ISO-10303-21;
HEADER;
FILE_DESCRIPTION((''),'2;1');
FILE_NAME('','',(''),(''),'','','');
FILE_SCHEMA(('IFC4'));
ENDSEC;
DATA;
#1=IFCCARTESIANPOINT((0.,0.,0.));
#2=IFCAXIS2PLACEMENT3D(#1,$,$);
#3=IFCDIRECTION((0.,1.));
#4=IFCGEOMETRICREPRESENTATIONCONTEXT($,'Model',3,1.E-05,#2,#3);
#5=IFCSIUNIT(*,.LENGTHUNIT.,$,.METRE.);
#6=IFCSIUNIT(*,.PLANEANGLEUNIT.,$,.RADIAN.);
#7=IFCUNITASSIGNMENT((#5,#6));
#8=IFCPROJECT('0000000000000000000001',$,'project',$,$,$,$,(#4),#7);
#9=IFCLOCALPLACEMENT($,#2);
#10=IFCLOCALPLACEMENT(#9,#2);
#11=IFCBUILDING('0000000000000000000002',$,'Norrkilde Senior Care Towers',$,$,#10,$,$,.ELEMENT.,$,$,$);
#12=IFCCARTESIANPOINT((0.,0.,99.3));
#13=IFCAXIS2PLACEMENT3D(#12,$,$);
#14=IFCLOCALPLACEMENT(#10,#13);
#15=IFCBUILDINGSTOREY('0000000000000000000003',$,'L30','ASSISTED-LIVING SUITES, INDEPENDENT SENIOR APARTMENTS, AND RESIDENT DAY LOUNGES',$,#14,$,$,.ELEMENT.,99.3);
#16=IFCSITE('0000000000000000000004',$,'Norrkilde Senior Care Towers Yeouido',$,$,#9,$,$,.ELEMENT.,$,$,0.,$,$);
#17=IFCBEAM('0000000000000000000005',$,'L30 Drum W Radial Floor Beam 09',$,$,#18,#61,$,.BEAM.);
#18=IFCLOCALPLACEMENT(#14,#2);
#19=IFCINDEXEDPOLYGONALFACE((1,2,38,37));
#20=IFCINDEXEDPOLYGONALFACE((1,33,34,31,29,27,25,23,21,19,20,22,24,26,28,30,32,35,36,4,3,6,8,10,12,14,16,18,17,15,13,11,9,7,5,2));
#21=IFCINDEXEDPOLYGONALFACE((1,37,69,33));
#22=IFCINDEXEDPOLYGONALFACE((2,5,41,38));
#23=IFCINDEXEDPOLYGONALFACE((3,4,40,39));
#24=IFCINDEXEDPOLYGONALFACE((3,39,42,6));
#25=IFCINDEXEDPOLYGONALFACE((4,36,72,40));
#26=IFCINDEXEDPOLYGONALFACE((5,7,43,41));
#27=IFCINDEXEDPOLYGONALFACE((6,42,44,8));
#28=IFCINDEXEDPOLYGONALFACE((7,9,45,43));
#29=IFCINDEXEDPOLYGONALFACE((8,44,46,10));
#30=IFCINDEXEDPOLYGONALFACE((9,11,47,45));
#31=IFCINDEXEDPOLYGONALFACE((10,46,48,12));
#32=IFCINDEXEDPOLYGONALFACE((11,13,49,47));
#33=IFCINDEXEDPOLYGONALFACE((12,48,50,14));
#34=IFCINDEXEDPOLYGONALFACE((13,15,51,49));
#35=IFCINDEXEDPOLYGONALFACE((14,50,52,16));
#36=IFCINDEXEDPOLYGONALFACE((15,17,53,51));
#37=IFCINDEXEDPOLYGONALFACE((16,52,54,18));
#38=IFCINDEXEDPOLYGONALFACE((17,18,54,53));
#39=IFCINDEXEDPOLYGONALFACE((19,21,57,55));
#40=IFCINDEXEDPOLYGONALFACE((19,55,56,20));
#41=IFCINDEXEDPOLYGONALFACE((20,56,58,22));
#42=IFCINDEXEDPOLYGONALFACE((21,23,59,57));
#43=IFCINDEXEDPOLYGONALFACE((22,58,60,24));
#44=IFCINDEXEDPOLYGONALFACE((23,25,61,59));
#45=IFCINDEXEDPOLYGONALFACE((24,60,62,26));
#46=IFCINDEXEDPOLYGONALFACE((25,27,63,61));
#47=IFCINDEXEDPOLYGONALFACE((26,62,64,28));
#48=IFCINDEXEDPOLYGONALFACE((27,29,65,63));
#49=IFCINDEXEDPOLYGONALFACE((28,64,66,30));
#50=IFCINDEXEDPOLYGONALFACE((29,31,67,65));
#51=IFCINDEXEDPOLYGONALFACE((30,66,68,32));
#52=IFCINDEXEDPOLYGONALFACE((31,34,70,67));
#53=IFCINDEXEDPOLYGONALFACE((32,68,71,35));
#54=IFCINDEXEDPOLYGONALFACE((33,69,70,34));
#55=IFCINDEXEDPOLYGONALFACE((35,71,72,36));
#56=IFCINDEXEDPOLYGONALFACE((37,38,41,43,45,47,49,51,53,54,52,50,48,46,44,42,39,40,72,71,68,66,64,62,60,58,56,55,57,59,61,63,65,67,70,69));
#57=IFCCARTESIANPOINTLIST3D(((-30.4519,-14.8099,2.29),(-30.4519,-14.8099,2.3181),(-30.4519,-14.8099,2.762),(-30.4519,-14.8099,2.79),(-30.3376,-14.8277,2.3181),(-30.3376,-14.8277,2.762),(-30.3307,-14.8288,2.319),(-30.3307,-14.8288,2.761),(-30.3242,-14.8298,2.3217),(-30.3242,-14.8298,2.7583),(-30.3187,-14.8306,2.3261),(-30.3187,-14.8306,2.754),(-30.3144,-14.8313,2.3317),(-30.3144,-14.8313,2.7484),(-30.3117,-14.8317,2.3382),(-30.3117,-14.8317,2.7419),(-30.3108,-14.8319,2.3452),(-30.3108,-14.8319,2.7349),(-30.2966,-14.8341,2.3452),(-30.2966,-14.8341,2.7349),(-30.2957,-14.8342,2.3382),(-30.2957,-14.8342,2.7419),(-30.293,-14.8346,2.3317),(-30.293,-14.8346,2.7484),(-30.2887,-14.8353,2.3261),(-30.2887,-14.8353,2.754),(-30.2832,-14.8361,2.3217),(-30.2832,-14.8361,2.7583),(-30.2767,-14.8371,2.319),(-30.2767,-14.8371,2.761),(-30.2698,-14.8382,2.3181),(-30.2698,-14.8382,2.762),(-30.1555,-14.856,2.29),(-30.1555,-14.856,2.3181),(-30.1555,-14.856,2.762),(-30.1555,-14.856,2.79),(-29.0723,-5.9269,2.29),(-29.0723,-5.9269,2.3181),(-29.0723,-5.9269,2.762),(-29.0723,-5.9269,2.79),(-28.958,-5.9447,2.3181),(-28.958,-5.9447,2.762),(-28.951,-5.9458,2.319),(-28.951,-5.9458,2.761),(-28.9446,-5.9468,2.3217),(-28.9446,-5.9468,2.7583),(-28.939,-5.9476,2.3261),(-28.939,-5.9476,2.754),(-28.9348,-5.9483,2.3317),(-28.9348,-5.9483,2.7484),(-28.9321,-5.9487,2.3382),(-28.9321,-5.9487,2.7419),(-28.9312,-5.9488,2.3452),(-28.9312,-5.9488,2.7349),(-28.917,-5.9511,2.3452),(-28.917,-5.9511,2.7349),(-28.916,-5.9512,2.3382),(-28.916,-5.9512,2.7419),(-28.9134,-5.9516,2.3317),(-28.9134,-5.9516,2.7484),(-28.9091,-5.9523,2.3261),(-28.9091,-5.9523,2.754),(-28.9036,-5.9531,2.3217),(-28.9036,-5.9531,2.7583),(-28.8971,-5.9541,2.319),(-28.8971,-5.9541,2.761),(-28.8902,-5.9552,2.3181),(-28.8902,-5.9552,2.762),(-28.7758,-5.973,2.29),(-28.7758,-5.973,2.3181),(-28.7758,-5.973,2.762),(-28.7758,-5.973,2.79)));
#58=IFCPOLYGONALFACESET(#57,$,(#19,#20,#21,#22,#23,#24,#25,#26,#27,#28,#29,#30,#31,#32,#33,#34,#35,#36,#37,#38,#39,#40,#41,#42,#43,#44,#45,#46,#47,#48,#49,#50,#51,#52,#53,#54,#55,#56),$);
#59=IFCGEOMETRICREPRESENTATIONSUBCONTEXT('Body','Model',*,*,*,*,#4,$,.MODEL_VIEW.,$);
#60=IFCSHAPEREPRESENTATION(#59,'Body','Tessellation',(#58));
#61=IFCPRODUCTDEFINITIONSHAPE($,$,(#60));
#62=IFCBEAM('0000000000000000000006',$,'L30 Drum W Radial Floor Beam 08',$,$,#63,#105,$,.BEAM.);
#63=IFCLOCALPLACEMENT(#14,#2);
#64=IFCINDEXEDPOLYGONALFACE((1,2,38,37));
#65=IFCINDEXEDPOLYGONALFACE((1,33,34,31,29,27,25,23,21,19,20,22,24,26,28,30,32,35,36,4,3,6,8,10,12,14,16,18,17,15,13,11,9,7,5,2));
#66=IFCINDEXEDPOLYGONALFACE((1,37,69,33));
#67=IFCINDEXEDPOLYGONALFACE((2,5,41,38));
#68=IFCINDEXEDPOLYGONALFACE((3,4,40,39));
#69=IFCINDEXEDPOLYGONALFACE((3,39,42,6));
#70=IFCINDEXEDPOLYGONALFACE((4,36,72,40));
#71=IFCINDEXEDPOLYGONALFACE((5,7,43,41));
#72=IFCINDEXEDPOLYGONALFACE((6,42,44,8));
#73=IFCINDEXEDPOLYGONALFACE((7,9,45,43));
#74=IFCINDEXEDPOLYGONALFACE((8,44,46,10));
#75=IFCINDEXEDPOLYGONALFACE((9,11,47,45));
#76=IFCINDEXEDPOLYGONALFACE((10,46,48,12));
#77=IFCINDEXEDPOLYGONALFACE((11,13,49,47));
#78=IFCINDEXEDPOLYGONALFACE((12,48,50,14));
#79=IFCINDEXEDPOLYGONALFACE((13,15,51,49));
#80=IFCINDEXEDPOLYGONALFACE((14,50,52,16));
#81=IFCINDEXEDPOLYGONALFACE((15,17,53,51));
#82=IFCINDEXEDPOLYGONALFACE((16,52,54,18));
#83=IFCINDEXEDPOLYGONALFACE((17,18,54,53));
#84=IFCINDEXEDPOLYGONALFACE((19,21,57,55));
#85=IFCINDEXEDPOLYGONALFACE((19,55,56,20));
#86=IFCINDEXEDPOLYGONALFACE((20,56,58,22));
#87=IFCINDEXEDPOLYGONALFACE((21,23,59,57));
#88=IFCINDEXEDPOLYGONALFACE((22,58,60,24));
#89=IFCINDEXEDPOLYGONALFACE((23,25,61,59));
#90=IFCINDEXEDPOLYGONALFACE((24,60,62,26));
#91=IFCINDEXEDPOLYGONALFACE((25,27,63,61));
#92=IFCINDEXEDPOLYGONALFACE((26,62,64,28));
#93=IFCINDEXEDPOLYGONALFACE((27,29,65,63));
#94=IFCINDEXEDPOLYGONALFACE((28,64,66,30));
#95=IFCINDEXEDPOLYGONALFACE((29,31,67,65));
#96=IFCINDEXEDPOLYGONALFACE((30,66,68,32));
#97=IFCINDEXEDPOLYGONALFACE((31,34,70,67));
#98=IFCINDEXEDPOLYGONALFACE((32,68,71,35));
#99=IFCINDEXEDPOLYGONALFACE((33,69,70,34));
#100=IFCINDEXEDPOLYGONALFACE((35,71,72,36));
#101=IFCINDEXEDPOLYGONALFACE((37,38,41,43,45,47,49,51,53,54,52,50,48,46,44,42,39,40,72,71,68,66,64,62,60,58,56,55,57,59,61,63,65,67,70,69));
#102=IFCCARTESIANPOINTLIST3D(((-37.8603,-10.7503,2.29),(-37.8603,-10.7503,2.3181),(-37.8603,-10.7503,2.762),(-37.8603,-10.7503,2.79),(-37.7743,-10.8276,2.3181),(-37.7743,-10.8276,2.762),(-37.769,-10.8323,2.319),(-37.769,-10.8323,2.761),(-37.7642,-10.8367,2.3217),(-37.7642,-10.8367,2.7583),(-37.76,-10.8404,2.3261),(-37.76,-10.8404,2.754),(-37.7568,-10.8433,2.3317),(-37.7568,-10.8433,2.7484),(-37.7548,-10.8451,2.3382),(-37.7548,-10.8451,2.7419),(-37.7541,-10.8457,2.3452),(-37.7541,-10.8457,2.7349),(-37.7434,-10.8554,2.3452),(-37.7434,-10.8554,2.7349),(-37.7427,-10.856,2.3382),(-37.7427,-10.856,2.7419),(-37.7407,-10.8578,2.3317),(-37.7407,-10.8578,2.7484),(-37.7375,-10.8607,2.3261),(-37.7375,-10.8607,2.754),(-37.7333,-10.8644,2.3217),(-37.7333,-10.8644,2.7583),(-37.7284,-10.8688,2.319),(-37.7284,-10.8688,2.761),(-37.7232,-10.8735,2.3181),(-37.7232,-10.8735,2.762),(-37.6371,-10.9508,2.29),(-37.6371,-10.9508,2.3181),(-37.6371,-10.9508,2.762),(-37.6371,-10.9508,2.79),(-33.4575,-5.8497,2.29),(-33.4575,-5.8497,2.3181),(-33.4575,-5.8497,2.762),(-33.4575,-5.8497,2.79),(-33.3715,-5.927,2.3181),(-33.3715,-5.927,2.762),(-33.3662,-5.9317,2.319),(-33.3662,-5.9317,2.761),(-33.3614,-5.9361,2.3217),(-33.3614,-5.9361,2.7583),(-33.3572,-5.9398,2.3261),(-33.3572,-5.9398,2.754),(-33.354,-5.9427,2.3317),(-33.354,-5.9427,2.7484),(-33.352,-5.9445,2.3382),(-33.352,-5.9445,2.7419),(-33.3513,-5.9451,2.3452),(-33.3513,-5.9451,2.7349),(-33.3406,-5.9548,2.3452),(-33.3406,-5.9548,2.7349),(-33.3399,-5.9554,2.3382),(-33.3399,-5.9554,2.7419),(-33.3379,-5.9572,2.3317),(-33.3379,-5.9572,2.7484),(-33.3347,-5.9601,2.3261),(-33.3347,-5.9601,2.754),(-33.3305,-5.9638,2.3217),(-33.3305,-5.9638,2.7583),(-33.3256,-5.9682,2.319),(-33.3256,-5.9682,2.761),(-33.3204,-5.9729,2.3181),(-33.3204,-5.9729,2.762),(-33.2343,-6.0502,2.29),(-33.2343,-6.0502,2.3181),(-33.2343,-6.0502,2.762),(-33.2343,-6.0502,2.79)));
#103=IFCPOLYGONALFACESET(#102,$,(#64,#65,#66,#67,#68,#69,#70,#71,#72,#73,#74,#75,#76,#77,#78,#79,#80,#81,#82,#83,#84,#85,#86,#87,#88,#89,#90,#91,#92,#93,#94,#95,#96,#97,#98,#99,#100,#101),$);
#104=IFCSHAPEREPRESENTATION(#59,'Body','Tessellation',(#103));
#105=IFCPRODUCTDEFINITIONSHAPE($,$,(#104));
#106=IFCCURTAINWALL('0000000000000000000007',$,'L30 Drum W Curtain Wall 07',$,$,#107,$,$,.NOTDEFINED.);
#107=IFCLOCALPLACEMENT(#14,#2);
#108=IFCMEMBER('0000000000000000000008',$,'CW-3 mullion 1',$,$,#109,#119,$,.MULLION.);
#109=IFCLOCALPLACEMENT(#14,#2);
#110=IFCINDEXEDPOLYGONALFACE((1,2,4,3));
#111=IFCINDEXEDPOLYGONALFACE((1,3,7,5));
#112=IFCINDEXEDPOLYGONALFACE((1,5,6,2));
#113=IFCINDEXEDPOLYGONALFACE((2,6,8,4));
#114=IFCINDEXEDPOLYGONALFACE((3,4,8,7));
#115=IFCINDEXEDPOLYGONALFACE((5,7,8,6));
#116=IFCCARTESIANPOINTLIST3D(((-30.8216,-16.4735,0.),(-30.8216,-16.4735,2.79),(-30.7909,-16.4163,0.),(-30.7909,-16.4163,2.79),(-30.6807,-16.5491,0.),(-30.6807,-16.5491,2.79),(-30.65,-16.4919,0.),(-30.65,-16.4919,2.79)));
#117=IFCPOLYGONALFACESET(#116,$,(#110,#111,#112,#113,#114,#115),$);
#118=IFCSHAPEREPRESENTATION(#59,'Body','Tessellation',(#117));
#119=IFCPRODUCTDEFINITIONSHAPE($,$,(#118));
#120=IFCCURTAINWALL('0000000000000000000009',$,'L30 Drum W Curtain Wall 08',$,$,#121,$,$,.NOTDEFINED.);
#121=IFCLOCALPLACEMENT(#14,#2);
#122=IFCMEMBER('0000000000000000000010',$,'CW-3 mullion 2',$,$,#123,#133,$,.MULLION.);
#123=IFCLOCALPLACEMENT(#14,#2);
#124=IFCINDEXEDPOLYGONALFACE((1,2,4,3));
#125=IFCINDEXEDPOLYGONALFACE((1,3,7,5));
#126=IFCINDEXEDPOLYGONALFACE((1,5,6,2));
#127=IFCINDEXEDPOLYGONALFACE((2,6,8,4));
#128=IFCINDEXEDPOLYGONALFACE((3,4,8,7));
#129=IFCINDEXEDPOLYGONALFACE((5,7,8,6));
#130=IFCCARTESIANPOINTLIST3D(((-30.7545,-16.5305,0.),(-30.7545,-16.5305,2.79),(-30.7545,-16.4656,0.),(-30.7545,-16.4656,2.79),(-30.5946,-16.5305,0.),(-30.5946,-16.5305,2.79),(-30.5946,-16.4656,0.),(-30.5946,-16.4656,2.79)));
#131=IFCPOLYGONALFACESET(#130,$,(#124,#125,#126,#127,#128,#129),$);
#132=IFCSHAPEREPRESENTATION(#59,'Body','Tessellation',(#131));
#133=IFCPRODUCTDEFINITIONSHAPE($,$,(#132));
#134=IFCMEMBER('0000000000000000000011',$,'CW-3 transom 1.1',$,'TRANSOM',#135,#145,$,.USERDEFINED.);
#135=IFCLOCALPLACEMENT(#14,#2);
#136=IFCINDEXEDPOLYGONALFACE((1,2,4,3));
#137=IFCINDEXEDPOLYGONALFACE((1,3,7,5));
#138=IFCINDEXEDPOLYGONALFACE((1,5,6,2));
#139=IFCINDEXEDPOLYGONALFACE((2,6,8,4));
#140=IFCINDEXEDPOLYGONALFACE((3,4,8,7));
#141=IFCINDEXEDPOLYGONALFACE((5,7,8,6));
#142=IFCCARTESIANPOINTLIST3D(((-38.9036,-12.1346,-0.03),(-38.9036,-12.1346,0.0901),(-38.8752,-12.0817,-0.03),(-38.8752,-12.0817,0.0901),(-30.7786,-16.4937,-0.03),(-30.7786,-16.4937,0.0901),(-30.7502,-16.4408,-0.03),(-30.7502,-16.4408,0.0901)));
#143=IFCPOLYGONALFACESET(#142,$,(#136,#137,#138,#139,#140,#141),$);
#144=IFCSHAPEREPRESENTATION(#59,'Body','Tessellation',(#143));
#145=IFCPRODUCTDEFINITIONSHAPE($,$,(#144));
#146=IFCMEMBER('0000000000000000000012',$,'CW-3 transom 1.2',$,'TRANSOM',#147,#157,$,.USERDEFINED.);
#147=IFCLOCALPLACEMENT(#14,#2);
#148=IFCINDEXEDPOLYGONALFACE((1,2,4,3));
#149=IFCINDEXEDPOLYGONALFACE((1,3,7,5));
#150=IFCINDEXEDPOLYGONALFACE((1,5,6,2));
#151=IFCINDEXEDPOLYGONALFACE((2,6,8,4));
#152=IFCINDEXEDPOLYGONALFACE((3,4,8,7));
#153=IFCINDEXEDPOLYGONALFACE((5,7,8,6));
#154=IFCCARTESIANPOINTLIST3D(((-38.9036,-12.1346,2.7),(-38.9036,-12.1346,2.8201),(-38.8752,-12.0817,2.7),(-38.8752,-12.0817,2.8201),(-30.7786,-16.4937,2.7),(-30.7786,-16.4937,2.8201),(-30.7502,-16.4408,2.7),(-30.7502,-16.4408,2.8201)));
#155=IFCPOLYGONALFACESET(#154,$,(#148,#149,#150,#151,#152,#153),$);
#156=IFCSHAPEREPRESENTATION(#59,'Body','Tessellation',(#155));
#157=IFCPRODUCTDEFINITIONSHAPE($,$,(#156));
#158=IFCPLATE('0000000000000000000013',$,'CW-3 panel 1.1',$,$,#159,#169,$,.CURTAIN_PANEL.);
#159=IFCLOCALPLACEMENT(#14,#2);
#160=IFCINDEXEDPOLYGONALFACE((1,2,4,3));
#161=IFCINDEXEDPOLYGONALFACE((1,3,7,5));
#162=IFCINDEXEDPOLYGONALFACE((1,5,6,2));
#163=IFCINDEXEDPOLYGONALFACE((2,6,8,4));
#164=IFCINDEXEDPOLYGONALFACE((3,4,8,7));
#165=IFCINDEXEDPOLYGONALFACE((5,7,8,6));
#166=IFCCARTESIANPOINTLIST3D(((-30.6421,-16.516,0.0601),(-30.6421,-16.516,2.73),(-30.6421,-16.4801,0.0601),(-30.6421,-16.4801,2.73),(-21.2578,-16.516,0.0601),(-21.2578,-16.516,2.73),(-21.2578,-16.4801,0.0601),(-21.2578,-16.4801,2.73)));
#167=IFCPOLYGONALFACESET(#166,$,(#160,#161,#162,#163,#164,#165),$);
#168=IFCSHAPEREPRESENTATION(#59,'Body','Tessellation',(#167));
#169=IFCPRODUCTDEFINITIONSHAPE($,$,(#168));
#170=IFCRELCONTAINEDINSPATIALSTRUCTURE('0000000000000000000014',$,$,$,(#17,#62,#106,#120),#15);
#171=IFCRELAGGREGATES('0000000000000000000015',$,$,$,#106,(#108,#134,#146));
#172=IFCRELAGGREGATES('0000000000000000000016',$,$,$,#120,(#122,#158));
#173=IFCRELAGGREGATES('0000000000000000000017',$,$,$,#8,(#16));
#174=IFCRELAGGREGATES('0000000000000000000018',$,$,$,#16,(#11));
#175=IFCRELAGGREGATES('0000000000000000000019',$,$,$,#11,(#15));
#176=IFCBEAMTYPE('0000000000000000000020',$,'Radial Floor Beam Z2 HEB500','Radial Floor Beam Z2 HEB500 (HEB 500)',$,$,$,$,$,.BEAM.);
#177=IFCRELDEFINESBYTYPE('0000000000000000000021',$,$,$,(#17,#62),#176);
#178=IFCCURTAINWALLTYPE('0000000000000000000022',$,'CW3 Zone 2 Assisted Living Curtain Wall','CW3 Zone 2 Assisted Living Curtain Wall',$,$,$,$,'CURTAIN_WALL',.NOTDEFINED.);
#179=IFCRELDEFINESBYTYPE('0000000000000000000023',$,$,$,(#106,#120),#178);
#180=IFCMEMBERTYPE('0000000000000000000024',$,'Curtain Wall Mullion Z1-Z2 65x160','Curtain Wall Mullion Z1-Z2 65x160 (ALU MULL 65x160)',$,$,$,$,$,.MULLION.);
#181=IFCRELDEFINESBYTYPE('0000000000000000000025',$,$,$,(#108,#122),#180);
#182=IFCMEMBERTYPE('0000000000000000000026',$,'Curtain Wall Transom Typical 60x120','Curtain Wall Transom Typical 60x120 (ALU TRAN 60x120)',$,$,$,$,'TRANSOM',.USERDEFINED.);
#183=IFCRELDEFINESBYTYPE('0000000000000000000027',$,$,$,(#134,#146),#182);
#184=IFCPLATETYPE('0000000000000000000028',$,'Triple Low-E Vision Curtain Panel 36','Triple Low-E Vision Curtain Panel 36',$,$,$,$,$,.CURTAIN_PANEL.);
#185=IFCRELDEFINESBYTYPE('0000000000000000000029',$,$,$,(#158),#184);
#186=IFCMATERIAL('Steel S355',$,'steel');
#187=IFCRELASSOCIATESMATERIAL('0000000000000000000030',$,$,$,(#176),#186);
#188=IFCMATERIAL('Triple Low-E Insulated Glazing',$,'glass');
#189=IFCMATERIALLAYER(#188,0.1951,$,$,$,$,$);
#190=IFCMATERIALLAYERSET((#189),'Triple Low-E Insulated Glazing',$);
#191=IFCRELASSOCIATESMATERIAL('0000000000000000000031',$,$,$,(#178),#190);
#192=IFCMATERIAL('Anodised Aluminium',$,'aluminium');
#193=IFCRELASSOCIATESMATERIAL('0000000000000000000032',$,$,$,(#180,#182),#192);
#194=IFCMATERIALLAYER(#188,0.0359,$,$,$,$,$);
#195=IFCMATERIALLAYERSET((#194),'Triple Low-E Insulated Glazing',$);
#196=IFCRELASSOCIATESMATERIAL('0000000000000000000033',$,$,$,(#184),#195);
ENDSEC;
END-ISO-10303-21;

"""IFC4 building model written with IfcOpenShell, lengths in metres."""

from ifc_helpers import new_model, si_unit, direction, frame, origin, origin_2d, place, context, subcontext, project, spatial, rectangle, i_section, extrude, source, transform, mapped, material, layer, layer_set, material_profile, profile_set, type_object, type_shapes, element, aggregate, save


model = new_model("IFC4")

# Units and contexts
model_context = context("Model", 3, precision=1e-05, world=origin(), true_north=direction((0.0, 1.0)))
body_context = subcontext(model_context, "Body", "Model", "MODEL_VIEW")
ifc_project = project(units=[si_unit("LENGTHUNIT", "METRE"), si_unit("PLANEANGLEUNIT", "RADIAN")], contexts=[model_context])

# Site, building, storey
site_placement = place(None, origin())
site = spatial("IfcSite", under=ifc_project, at=site_placement, Name="Norrkilde Senior Care Towers Yeouido", CompositionType="ELEMENT", RefElevation=0.0)
building_placement = place(site_placement, origin())
building = spatial("IfcBuilding", under=site, at=building_placement, Name="Norrkilde Senior Care Towers", CompositionType="ELEMENT")
storey_placement = place(building_placement, frame((0.0, 0.0, 99.3)))
storey = spatial("IfcBuildingStorey", under=building, at=storey_placement, Name="L30", Description="ASSISTED-LIVING SUITES, INDEPENDENT SENIOR APARTMENTS, AND RESIDENT DAY LOUNGES", CompositionType="ELEMENT", Elevation=99.3)

# Beams
ifc_material_1 = material(Name="Steel S355", Category="steel")
ifc_material_profile_1 = material_profile(ifc_material_1, i_section(OverallWidth=0.3, OverallDepth=0.5, WebThickness=0.0144, FlangeThickness=0.0281, FilletRadius=0.0271, at=origin_2d()), Name="HEB 500")
ifc_profile_set_1 = profile_set([ifc_material_profile_1], Name="Steel S355")
beam_type_1 = type_object("IfcBeamType", Name="Radial Floor Beam Z2 HEB500", Description="Radial Floor Beam Z2 HEB500 (HEB 500)", PredefinedType="BEAM", material=ifc_profile_set_1)
shared_shape_1 = source(origin(), body_context, "Body", "SweptSolid", [
    extrude(i_section(OverallWidth=0.3, OverallDepth=0.5, WebThickness=0.0144, FlangeThickness=0.0281, FilletRadius=0.0271, at=origin_2d()), origin(), (0.0, 0.0, 1.0), 8.9895),
])
beam_1_placement = place(storey_placement, frame((-28.9241, -5.95, 2.54), z_axis=(-0.153471, -0.988153, 0.0), x_axis=(0.988153, -0.153471, 0.0)))
element("IfcBeam", 1, at=beam_1_placement, inside=storey, type_object=beam_type_1, Name="L30 Drum W Radial Floor Beam 09", PredefinedType="BEAM", context=body_context, shape_type="MappedRepresentation", body=[
    mapped(shared_shape_1, transform((0.0, 0.0, 0.0), x_axis=(1.0, 0.0, 0.0), y_axis=(0.0, 1.0, 0.0), z_axis=(0.0, 0.0, 1.0), scale=1.0)),
])
shared_shape_2 = source(origin(), body_context, "Body", "SweptSolid", [
    extrude(i_section(OverallWidth=0.3, OverallDepth=0.5, WebThickness=0.0144, FlangeThickness=0.0281, FilletRadius=0.0271, at=origin_2d()), origin(), (0.0, 0.0, 1.0), 6.5879),
])
beam_2_placement = place(storey_placement, frame((-33.3459, -5.95, 2.54), z_axis=(-0.668315, -0.743878, 0.0), x_axis=(0.743878, -0.668315, 0.0)))
element("IfcBeam", 2, at=beam_2_placement, inside=storey, type_object=beam_type_1, Name="L30 Drum W Radial Floor Beam 08", PredefinedType="BEAM", context=body_context, shape_type="MappedRepresentation", body=[
    mapped(shared_shape_2, transform((0.0, 0.0, 0.0), x_axis=(1.0, 0.0, 0.0), y_axis=(0.0, 1.0, 0.0), z_axis=(0.0, 0.0, 1.0), scale=1.0)),
])

# Curtain walls, members
ifc_material_2 = material(Name="Triple Low-E Insulated Glazing", Category="glass")
ifc_layer_1 = layer(ifc_material_2, 0.1951)
ifc_layer_set_1 = layer_set([ifc_layer_1], Name="Triple Low-E Insulated Glazing")
curtain_wall_type = type_object("IfcCurtainWallType", Name="CW3 Zone 2 Assisted Living Curtain Wall", Description="CW3 Zone 2 Assisted Living Curtain Wall", ElementType="CURTAIN_WALL", PredefinedType="NOTDEFINED", material=ifc_layer_set_1)
curtain_wall_1_placement = place(storey_placement, origin())
curtain_wall_1 = element("IfcCurtainWall", 3, at=curtain_wall_1_placement, inside=storey, type_object=curtain_wall_type, Name="L30 Drum W Curtain Wall 07", PredefinedType="NOTDEFINED")
ifc_material_3 = material(Name="Anodised Aluminium", Category="aluminium")
ifc_material_profile_2 = material_profile(ifc_material_3, rectangle(XDim=0.0649, YDim=0.1599, at=origin_2d()), Name="ALU MULL 65x160")
ifc_profile_set_2 = profile_set([ifc_material_profile_2], Name="Anodised Aluminium")
member_type_1 = type_object("IfcMemberType", Name="Curtain Wall Mullion Z1-Z2 65x160", Description="Curtain Wall Mullion Z1-Z2 65x160 (ALU MULL 65x160)", PredefinedType="MULLION", material=ifc_profile_set_2)
shared_shape_3 = source(origin(), body_context, "Body", "SweptSolid", [
    extrude(rectangle(XDim=0.0649, YDim=0.1599, at=origin_2d()), origin(), (0.0, 0.0, 1.0), 2.79),
])
type_shapes(member_type_1, [shared_shape_3])
member_1_placement = place(storey_placement, frame((-30.7358, -16.4827, 0.0), z_axis=(0.0, 0.0, 1.0), x_axis=(-0.472769, -0.881186, 0.0)))
member_1 = element("IfcMember", 4, at=member_1_placement, type_object=member_type_1, Name="CW-3 mullion 1", PredefinedType="MULLION", context=body_context, shape_type="MappedRepresentation", body=[
    mapped(shared_shape_3, transform((0.0, 0.0, 0.0), x_axis=(1.0, 0.0, 0.0), y_axis=(0.0, 1.0, 0.0), z_axis=(0.0, 0.0, 1.0), scale=1.0)),
])
curtain_wall_2_placement = place(storey_placement, origin())
curtain_wall_2 = element("IfcCurtainWall", 5, at=curtain_wall_2_placement, inside=storey, type_object=curtain_wall_type, Name="L30 Drum W Curtain Wall 08", PredefinedType="NOTDEFINED")
member_2_placement = place(storey_placement, frame((-30.6746, -16.498, 0.0), z_axis=(0.0, 0.0, 1.0), x_axis=(0.0, -1.0, 0.0)))
member_2 = element("IfcMember", 6, at=member_2_placement, type_object=member_type_1, Name="CW-3 mullion 2", PredefinedType="MULLION", context=body_context, shape_type="MappedRepresentation", body=[
    mapped(shared_shape_3, transform((0.0, 0.0, 0.0), x_axis=(1.0, 0.0, 0.0), y_axis=(0.0, 1.0, 0.0), z_axis=(0.0, 0.0, 1.0), scale=1.0)),
])

# Members
ifc_material_profile_3 = material_profile(ifc_material_3, rectangle(XDim=0.0601, YDim=0.1201, at=origin_2d()), Name="ALU TRAN 60x120")
ifc_profile_set_3 = profile_set([ifc_material_profile_3], Name="Anodised Aluminium")
member_type_2 = type_object("IfcMemberType", Name="Curtain Wall Transom Typical 60x120", Description="Curtain Wall Transom Typical 60x120 (ALU TRAN 60x120)", ElementType="TRANSOM", PredefinedType="USERDEFINED", material=ifc_profile_set_3)
shared_shape_4 = source(origin(), body_context, "Body", "SweptSolid", [
    extrude(rectangle(XDim=0.0601, YDim=0.1201, at=origin_2d()), origin(), (0.0, 0.0, 1.0), 9.2205),
])
type_shapes(member_type_2, [shared_shape_4])
member_3_placement = place(storey_placement, frame((-30.7644, -16.4673, 0.03), z_axis=(-0.881189, 0.472765, 0.0), x_axis=(-0.472765, -0.881189, 0.0)))
member_3 = element("IfcMember", 7, at=member_3_placement, type_object=member_type_2, Name="CW-3 transom 1.1", ObjectType="TRANSOM", PredefinedType="USERDEFINED", context=body_context, shape_type="MappedRepresentation", body=[
    mapped(shared_shape_4, transform((0.0, 0.0, 0.0), x_axis=(1.0, 0.0, 0.0), y_axis=(0.0, 1.0, 0.0), z_axis=(0.0, 0.0, 1.0), scale=1.0)),
])
member_4_placement = place(storey_placement, frame((-30.7644, -16.4673, 2.76), z_axis=(-0.881189, 0.472765, 0.0), x_axis=(-0.472765, -0.881189, 0.0)))
member_4 = element("IfcMember", 8, at=member_4_placement, type_object=member_type_2, Name="CW-3 transom 1.2", ObjectType="TRANSOM", PredefinedType="USERDEFINED", context=body_context, shape_type="MappedRepresentation", body=[
    mapped(shared_shape_4, transform((0.0, 0.0, 0.0), x_axis=(1.0, 0.0, 0.0), y_axis=(0.0, 1.0, 0.0), z_axis=(0.0, 0.0, 1.0), scale=1.0)),
])
aggregate(curtain_wall_1, [member_1, member_3, member_4])

# Plate
ifc_layer_2 = layer(ifc_material_2, 0.0359)
ifc_layer_set_2 = layer_set([ifc_layer_2], Name="Triple Low-E Insulated Glazing")
plate_type = type_object("IfcPlateType", Name="Triple Low-E Vision Curtain Panel 36", Description="Triple Low-E Vision Curtain Panel 36", PredefinedType="CURTAIN_PANEL", material=ifc_layer_set_2)
shared_shape_5 = source(origin(), body_context, "Body", "SweptSolid", [
    extrude(rectangle(XDim=9.3843, YDim=0.0359, at=origin_2d()), origin(), (0.0, 0.0, 1.0), 2.6699),
])
type_shapes(plate_type, [shared_shape_5])
plate_placement = place(storey_placement, frame((-25.95, -16.498, 0.0601), z_axis=(0.0, 0.0, 1.0), x_axis=(-1.0, 0.0, 0.0)))
plate = element("IfcPlate", 9, at=plate_placement, type_object=plate_type, Name="CW-3 panel 1.1", PredefinedType="CURTAIN_PANEL", context=body_context, shape_type="MappedRepresentation", body=[
    mapped(shared_shape_5, transform((0.0, 0.0, 0.0), x_axis=(1.0, 0.0, 0.0), y_axis=(0.0, 1.0, 0.0), z_axis=(0.0, 0.0, 1.0), scale=1.0)),
])
aggregate(curtain_wall_2, [member_2, plate])

save(model, "model.ifc")
